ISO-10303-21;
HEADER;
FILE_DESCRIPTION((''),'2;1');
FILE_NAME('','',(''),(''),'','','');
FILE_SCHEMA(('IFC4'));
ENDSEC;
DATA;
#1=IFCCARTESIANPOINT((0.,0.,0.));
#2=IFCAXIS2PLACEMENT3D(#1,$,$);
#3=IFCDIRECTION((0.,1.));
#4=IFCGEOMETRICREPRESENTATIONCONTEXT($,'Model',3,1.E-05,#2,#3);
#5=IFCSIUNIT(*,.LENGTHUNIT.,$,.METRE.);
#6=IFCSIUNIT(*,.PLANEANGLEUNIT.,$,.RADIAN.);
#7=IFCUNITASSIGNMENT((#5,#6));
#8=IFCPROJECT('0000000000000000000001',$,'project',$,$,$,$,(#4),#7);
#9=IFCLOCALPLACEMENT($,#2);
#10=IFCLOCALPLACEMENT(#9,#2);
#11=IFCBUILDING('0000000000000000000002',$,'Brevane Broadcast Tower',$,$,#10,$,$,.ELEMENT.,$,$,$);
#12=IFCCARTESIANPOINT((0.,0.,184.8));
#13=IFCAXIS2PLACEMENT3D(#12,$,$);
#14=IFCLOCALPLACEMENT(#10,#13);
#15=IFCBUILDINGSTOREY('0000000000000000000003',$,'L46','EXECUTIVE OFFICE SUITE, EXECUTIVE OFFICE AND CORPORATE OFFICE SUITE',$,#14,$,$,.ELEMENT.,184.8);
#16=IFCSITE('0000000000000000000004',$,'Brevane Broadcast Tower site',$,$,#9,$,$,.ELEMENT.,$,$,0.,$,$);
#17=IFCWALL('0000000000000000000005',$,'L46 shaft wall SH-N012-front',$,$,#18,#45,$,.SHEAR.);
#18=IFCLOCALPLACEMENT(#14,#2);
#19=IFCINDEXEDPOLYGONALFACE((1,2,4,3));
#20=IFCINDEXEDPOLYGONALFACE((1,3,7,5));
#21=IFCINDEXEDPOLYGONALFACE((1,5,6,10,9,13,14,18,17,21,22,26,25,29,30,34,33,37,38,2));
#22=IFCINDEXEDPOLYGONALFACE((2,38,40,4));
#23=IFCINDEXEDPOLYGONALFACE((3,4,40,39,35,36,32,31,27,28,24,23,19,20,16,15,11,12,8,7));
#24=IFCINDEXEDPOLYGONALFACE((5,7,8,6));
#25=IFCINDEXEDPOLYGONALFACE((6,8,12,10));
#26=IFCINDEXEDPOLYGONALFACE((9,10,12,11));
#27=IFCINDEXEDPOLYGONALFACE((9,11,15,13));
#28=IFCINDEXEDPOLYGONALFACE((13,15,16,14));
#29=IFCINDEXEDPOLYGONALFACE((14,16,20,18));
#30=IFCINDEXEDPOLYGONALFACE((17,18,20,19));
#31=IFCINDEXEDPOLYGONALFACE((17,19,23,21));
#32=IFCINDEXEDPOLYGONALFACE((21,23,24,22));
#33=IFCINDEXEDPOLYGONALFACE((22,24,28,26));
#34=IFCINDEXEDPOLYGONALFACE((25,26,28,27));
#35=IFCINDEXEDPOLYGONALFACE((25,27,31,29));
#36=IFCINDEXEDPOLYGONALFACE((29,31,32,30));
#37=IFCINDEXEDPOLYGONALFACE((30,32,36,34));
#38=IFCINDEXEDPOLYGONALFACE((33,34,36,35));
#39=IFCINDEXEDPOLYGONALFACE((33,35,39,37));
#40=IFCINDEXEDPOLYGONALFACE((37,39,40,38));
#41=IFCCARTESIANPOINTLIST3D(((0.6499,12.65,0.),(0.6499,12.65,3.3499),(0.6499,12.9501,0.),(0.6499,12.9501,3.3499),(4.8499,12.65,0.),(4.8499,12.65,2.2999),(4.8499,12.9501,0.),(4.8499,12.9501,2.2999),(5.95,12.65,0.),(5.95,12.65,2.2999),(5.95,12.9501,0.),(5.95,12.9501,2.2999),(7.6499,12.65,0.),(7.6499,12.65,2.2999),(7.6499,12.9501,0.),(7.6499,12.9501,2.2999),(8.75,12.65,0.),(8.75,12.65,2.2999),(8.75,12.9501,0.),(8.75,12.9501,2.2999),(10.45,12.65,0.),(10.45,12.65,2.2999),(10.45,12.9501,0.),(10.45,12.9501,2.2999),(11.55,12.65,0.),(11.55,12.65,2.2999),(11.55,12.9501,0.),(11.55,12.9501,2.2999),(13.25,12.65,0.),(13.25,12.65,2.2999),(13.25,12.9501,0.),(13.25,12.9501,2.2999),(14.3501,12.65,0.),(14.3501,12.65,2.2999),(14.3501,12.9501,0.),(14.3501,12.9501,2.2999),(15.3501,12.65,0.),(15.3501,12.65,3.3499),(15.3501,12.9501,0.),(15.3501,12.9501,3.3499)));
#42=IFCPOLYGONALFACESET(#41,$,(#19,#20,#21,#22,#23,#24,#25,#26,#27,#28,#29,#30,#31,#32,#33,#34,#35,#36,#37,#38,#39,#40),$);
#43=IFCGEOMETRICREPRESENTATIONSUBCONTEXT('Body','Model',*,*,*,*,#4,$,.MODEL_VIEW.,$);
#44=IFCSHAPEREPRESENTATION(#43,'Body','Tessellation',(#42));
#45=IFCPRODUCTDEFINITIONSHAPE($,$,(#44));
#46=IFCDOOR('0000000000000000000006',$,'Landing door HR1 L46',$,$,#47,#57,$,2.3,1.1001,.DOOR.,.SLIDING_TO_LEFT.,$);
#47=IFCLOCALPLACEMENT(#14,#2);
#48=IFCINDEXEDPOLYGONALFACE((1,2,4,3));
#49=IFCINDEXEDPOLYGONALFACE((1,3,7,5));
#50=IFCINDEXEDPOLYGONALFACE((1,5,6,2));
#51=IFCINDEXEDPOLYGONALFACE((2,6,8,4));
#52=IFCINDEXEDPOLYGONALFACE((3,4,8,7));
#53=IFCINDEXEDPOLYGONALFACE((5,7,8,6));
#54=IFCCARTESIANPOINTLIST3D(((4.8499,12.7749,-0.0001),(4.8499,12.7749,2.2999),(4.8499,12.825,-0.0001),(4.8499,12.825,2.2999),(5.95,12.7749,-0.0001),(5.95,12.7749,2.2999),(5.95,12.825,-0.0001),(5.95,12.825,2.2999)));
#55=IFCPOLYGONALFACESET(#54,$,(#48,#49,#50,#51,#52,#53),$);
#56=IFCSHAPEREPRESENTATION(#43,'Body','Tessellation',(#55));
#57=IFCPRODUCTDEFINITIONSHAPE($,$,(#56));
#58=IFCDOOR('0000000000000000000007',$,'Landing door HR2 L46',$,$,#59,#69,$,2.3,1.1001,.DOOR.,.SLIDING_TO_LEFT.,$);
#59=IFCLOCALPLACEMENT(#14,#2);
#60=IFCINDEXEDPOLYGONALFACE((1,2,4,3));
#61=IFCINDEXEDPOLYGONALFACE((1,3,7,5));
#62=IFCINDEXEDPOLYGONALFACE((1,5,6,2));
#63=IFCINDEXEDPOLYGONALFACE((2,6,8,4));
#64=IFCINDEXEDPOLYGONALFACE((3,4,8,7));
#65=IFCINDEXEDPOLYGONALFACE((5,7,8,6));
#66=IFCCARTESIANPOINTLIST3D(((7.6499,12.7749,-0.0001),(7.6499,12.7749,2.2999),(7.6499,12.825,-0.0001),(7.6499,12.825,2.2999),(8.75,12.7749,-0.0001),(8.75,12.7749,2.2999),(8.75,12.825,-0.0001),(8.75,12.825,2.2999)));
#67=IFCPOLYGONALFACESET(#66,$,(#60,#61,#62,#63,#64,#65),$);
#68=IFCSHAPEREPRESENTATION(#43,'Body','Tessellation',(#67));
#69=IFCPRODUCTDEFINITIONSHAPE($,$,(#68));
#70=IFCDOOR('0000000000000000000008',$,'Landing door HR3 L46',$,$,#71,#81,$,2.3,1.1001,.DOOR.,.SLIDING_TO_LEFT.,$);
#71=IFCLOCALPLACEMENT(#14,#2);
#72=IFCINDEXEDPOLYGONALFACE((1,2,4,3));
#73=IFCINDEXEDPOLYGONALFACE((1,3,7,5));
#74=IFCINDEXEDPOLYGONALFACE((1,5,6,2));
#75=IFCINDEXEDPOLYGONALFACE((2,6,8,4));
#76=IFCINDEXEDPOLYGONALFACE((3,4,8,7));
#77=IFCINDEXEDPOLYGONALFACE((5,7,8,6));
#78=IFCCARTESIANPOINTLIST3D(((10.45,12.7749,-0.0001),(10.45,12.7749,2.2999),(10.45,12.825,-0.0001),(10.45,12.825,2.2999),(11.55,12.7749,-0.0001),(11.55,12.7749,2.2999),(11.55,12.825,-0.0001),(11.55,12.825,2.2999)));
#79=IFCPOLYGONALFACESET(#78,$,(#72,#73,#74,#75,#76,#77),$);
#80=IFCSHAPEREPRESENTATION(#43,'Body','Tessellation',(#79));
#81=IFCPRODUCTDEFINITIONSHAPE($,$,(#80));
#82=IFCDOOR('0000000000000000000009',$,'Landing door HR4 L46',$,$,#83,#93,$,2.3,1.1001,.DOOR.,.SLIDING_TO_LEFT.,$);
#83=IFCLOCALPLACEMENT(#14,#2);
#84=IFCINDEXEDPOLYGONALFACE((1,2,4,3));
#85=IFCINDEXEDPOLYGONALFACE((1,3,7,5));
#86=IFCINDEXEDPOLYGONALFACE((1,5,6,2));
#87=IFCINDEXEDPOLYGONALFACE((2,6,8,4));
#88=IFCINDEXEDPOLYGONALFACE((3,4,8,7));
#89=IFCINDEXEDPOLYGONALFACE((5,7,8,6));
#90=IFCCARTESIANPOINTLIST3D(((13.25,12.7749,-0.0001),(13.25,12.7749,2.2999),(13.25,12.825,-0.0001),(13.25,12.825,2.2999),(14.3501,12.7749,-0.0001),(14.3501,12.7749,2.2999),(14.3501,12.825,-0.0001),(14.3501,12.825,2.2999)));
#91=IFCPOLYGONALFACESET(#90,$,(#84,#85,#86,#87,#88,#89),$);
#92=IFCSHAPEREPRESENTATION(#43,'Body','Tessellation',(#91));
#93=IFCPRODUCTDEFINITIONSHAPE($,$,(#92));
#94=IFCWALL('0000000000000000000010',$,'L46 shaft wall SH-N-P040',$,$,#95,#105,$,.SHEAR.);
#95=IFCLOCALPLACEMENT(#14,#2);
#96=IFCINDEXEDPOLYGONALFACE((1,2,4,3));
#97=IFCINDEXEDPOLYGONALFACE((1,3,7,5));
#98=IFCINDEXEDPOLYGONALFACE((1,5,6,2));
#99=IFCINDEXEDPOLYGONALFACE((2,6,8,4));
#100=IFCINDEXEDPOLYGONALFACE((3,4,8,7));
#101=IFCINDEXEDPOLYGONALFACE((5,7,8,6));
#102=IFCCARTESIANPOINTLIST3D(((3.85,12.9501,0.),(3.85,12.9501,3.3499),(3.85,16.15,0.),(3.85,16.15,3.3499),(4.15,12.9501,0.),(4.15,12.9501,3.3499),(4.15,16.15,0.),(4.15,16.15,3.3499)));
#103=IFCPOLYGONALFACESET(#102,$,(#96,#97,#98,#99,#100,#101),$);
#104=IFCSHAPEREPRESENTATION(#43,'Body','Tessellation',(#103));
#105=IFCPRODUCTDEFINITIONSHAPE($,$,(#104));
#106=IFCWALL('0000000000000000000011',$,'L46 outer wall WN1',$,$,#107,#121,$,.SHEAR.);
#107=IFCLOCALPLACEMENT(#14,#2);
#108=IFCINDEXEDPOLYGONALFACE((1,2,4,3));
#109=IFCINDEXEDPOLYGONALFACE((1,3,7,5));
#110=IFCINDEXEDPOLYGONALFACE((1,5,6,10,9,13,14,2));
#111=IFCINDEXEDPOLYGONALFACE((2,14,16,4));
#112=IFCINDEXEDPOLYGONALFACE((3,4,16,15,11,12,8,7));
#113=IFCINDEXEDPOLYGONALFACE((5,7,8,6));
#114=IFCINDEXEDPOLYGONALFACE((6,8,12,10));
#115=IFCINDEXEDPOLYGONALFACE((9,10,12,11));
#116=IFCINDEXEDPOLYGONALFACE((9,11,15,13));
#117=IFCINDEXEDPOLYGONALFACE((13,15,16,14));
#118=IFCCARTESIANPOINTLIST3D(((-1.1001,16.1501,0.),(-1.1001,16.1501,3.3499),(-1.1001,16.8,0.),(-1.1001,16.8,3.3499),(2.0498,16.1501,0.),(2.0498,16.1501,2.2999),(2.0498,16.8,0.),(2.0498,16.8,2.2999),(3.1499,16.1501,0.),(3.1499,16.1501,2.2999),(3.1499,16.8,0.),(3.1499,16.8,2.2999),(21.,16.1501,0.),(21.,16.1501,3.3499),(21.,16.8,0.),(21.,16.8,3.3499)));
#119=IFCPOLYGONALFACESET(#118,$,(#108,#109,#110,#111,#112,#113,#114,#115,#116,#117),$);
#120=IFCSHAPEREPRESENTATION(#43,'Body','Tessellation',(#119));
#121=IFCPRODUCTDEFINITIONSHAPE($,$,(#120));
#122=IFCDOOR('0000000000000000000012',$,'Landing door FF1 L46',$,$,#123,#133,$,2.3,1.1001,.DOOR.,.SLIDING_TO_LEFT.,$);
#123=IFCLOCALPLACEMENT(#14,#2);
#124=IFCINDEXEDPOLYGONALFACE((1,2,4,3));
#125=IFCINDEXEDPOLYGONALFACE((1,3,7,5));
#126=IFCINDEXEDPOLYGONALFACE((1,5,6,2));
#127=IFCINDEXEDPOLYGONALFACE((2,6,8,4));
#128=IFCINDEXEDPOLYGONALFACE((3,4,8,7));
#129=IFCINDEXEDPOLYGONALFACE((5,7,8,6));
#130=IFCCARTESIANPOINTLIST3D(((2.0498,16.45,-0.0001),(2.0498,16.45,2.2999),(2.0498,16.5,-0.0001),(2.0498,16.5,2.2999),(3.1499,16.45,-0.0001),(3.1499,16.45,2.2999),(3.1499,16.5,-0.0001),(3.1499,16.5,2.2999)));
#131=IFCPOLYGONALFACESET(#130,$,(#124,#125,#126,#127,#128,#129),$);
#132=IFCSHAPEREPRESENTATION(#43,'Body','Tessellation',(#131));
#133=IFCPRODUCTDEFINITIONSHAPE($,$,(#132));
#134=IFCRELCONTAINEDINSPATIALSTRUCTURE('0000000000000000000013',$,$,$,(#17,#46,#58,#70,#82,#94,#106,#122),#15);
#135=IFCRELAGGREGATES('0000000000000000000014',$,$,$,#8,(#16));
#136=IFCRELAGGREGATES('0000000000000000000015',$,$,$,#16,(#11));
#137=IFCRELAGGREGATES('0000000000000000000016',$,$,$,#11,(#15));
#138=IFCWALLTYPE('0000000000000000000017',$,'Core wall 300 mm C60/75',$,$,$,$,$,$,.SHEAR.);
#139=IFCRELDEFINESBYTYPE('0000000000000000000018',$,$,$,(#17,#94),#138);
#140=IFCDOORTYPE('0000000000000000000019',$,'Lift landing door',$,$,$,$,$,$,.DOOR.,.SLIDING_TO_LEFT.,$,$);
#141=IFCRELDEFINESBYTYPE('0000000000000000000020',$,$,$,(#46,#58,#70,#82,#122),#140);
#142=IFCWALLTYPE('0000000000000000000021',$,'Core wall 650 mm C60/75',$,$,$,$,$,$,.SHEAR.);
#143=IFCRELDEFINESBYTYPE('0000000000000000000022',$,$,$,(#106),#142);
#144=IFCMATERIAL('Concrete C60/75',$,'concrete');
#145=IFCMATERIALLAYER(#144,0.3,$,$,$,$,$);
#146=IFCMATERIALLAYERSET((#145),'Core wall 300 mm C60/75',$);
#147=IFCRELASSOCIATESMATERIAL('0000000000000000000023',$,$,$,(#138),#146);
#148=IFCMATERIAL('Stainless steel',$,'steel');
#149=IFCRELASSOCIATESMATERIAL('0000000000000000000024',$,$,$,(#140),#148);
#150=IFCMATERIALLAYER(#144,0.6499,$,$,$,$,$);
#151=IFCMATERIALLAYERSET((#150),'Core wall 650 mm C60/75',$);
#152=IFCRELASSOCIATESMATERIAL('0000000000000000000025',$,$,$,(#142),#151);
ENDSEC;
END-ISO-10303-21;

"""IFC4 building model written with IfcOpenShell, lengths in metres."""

from ifc_helpers import new_model, si_unit, direction, frame, frame_2d, origin, place, context, subcontext, project, spatial, rectangle, extrude, material, layer, layer_set, type_object, element, fill, save


model = new_model("IFC4")

# Units and contexts
model_context = context("Model", 3, precision=1e-05, world=origin(), true_north=direction((0.0, 1.0)))
body_context = subcontext(model_context, "Body", "Model", "MODEL_VIEW")
ifc_project = project(units=[si_unit("LENGTHUNIT", "METRE"), si_unit("PLANEANGLEUNIT", "RADIAN")], contexts=[model_context])

# Site, building, storey
site_placement = place(None, origin())
site = spatial("IfcSite", under=ifc_project, at=site_placement, Name="Brevane Broadcast Tower site", CompositionType="ELEMENT", RefElevation=0.0)
building_placement = place(site_placement, origin())
building = spatial("IfcBuilding", under=site, at=building_placement, Name="Brevane Broadcast Tower", CompositionType="ELEMENT")
storey_placement = place(building_placement, frame((0.0, 0.0, 184.8)))
storey = spatial("IfcBuildingStorey", under=building, at=storey_placement, Name="L46", Description="EXECUTIVE OFFICE SUITE, EXECUTIVE OFFICE AND CORPORATE OFFICE SUITE", CompositionType="ELEMENT", Elevation=184.8)

# Wall, openings, doors
ifc_material_1 = material(Name="Concrete C60/75", Category="concrete")
ifc_layer_1 = layer(ifc_material_1, 0.3)
ifc_layer_set_1 = layer_set([ifc_layer_1], Name="Core wall 300 mm C60/75")
wall_type_1 = type_object("IfcWallType", Name="Core wall 300 mm C60/75", PredefinedType="SHEAR", material=ifc_layer_set_1)
wall_1_placement = place(storey_placement, frame((0.6499, 12.8, 0.0), z_axis=(0.0, 0.0, 1.0), x_axis=(1.0, 0.0, 0.0)))
wall_1 = element("IfcWall", 1, at=wall_1_placement, inside=storey, type_object=wall_type_1, Name="L46 shaft wall SH-N012-front", PredefinedType="SHEAR", context=body_context, shape_type="SweptSolid", body=[
    extrude(rectangle(XDim=14.7002, YDim=0.3, at=frame_2d((7.3501, 0.0))), origin(), (0.0, 0.0, 1.0), 3.3499),
])
opening_1_placement = place(wall_1_placement, frame((4.2, 0.0, 0.0)))
opening_1 = element("IfcOpeningElement", 2, at=opening_1_placement, cuts=wall_1, PredefinedType="OPENING", context=body_context, shape_type="SweptSolid", body=[
    extrude(rectangle(XDim=1.1001, YDim=2.3, at=frame_2d((0.55, 1.1499))), frame((0.0, 0.1599, 0.0), z_axis=(0.0, -1.0, 0.0), x_axis=(1.0, 0.0, 0.0)), (0.0, 0.0, 1.0), 0.3201),
])
opening_2_placement = place(wall_1_placement, frame((7.0, 0.0, 0.0)))
opening_2 = element("IfcOpeningElement", 3, at=opening_2_placement, cuts=wall_1, PredefinedType="OPENING", context=body_context, shape_type="SweptSolid", body=[
    extrude(rectangle(XDim=1.1001, YDim=2.3, at=frame_2d((0.55, 1.1499))), frame((0.0, 0.1599, 0.0), z_axis=(0.0, -1.0, 0.0), x_axis=(1.0, 0.0, 0.0)), (0.0, 0.0, 1.0), 0.3201),
])
opening_3_placement = place(wall_1_placement, frame((9.8, 0.0, 0.0)))
opening_3 = element("IfcOpeningElement", 4, at=opening_3_placement, cuts=wall_1, PredefinedType="OPENING", context=body_context, shape_type="SweptSolid", body=[
    extrude(rectangle(XDim=1.1001, YDim=2.3, at=frame_2d((0.55, 1.1499))), frame((0.0, 0.1599, 0.0), z_axis=(0.0, -1.0, 0.0), x_axis=(1.0, 0.0, 0.0)), (0.0, 0.0, 1.0), 0.3201),
])
opening_4_placement = place(wall_1_placement, frame((12.6001, 0.0, 0.0)))
opening_4 = element("IfcOpeningElement", 5, at=opening_4_placement, cuts=wall_1, PredefinedType="OPENING", context=body_context, shape_type="SweptSolid", body=[
    extrude(rectangle(XDim=1.1001, YDim=2.3, at=frame_2d((0.55, 1.1499))), frame((0.0, 0.1599, 0.0), z_axis=(0.0, -1.0, 0.0), x_axis=(1.0, 0.0, 0.0)), (0.0, 0.0, 1.0), 0.3201),
])
ifc_material_2 = material(Name="Stainless steel", Category="steel")
door_type_1 = type_object("IfcDoorType", Name="Lift landing door", OperationType="SLIDING_TO_LEFT", PredefinedType="DOOR", material=ifc_material_2)
door_1_placement = place(opening_1_placement, origin())
door_1 = element("IfcDoor", 6, at=door_1_placement, inside=storey, type_object=door_type_1, Name="Landing door HR1 L46", OperationType="SLIDING_TO_LEFT", OverallHeight=2.3, OverallWidth=1.1001, PredefinedType="DOOR", context=body_context, shape_type="SweptSolid", body=[
    extrude(rectangle(XDim=1.1001, YDim=2.3, at=frame_2d((0.55, 1.1499))), frame((0.0, 0.0249, 0.0), z_axis=(0.0, -1.0, 0.0), x_axis=(1.0, 0.0, 0.0)), (0.0, 0.0, 1.0), 0.05),
])
fill(opening_1, door_1)
door_2_placement = place(opening_2_placement, origin())
door_2 = element("IfcDoor", 7, at=door_2_placement, inside=storey, type_object=door_type_1, Name="Landing door HR2 L46", OperationType="SLIDING_TO_LEFT", OverallHeight=2.3, OverallWidth=1.1001, PredefinedType="DOOR", context=body_context, shape_type="SweptSolid", body=[
    extrude(rectangle(XDim=1.1001, YDim=2.3, at=frame_2d((0.55, 1.1499))), frame((0.0, 0.0249, 0.0), z_axis=(0.0, -1.0, 0.0), x_axis=(1.0, 0.0, 0.0)), (0.0, 0.0, 1.0), 0.05),
])
fill(opening_2, door_2)
door_3_placement = place(opening_3_placement, origin())
door_3 = element("IfcDoor", 8, at=door_3_placement, inside=storey, type_object=door_type_1, Name="Landing door HR3 L46", OperationType="SLIDING_TO_LEFT", OverallHeight=2.3, OverallWidth=1.1001, PredefinedType="DOOR", context=body_context, shape_type="SweptSolid", body=[
    extrude(rectangle(XDim=1.1001, YDim=2.3, at=frame_2d((0.55, 1.1499))), frame((0.0, 0.0249, 0.0), z_axis=(0.0, -1.0, 0.0), x_axis=(1.0, 0.0, 0.0)), (0.0, 0.0, 1.0), 0.05),
])
fill(opening_3, door_3)
door_4_placement = place(opening_4_placement, origin())
door_4 = element("IfcDoor", 9, at=door_4_placement, inside=storey, type_object=door_type_1, Name="Landing door HR4 L46", OperationType="SLIDING_TO_LEFT", OverallHeight=2.3, OverallWidth=1.1001, PredefinedType="DOOR", context=body_context, shape_type="SweptSolid", body=[
    extrude(rectangle(XDim=1.1001, YDim=2.3, at=frame_2d((0.55, 1.1499))), frame((0.0, 0.0249, 0.0), z_axis=(0.0, -1.0, 0.0), x_axis=(1.0, 0.0, 0.0)), (0.0, 0.0, 1.0), 0.05),
])
fill(opening_4, door_4)

# Wall
wall_2_placement = place(storey_placement, frame((4.0, 12.95, 0.0), z_axis=(0.0, 0.0, 1.0), x_axis=(0.0, 1.0, 0.0)))
element("IfcWall", 10, at=wall_2_placement, inside=storey, type_object=wall_type_1, Name="L46 shaft wall SH-N-P040", PredefinedType="SHEAR", context=body_context, shape_type="SweptSolid", body=[
    extrude(rectangle(XDim=3.2, YDim=0.3, at=frame_2d((1.6001, 0.0))), origin(), (0.0, 0.0, 1.0), 3.3499),
])

# Wall, opening, door
ifc_layer_2 = layer(ifc_material_1, 0.6499)
ifc_layer_set_2 = layer_set([ifc_layer_2], Name="Core wall 650 mm C60/75")
wall_type_2 = type_object("IfcWallType", Name="Core wall 650 mm C60/75", PredefinedType="SHEAR", material=ifc_layer_set_2)
wall_3_placement = place(storey_placement, frame((-1.1001, 16.4751, 0.0), z_axis=(0.0, 0.0, 1.0), x_axis=(1.0, 0.0, 0.0)))
wall_3 = element("IfcWall", 11, at=wall_3_placement, inside=storey, type_object=wall_type_2, Name="L46 outer wall WN1", PredefinedType="SHEAR", context=body_context, shape_type="SweptSolid", body=[
    extrude(rectangle(XDim=22.1001, YDim=0.6499, at=frame_2d((11.05, 0.0))), origin(), (0.0, 0.0, 1.0), 3.3499),
])
opening_5_placement = place(wall_3_placement, frame((3.1499, 0.0, 0.0)))
opening_5 = element("IfcOpeningElement", 12, at=opening_5_placement, cuts=wall_3, PredefinedType="OPENING", context=body_context, shape_type="SweptSolid", body=[
    extrude(rectangle(XDim=1.1001, YDim=2.3, at=frame_2d((0.55, 1.1499))), frame((0.0, 0.335, 0.0), z_axis=(0.0, -1.0, 0.0), x_axis=(1.0, 0.0, 0.0)), (0.0, 0.0, 1.0), 0.6699),
])
door_5_placement = place(opening_5_placement, origin())
door_5 = element("IfcDoor", 13, at=door_5_placement, inside=storey, type_object=door_type_1, Name="Landing door FF1 L46", OperationType="SLIDING_TO_LEFT", OverallHeight=2.3, OverallWidth=1.1001, PredefinedType="DOOR", context=body_context, shape_type="SweptSolid", body=[
    extrude(rectangle(XDim=1.1001, YDim=2.3, at=frame_2d((0.55, 1.1499))), frame((0.0, 0.0249, 0.0), z_axis=(0.0, -1.0, 0.0), x_axis=(1.0, 0.0, 0.0)), (0.0, 0.0, 1.0), 0.05),
])
fill(opening_5, door_5)

save(model, "model.ifc")
